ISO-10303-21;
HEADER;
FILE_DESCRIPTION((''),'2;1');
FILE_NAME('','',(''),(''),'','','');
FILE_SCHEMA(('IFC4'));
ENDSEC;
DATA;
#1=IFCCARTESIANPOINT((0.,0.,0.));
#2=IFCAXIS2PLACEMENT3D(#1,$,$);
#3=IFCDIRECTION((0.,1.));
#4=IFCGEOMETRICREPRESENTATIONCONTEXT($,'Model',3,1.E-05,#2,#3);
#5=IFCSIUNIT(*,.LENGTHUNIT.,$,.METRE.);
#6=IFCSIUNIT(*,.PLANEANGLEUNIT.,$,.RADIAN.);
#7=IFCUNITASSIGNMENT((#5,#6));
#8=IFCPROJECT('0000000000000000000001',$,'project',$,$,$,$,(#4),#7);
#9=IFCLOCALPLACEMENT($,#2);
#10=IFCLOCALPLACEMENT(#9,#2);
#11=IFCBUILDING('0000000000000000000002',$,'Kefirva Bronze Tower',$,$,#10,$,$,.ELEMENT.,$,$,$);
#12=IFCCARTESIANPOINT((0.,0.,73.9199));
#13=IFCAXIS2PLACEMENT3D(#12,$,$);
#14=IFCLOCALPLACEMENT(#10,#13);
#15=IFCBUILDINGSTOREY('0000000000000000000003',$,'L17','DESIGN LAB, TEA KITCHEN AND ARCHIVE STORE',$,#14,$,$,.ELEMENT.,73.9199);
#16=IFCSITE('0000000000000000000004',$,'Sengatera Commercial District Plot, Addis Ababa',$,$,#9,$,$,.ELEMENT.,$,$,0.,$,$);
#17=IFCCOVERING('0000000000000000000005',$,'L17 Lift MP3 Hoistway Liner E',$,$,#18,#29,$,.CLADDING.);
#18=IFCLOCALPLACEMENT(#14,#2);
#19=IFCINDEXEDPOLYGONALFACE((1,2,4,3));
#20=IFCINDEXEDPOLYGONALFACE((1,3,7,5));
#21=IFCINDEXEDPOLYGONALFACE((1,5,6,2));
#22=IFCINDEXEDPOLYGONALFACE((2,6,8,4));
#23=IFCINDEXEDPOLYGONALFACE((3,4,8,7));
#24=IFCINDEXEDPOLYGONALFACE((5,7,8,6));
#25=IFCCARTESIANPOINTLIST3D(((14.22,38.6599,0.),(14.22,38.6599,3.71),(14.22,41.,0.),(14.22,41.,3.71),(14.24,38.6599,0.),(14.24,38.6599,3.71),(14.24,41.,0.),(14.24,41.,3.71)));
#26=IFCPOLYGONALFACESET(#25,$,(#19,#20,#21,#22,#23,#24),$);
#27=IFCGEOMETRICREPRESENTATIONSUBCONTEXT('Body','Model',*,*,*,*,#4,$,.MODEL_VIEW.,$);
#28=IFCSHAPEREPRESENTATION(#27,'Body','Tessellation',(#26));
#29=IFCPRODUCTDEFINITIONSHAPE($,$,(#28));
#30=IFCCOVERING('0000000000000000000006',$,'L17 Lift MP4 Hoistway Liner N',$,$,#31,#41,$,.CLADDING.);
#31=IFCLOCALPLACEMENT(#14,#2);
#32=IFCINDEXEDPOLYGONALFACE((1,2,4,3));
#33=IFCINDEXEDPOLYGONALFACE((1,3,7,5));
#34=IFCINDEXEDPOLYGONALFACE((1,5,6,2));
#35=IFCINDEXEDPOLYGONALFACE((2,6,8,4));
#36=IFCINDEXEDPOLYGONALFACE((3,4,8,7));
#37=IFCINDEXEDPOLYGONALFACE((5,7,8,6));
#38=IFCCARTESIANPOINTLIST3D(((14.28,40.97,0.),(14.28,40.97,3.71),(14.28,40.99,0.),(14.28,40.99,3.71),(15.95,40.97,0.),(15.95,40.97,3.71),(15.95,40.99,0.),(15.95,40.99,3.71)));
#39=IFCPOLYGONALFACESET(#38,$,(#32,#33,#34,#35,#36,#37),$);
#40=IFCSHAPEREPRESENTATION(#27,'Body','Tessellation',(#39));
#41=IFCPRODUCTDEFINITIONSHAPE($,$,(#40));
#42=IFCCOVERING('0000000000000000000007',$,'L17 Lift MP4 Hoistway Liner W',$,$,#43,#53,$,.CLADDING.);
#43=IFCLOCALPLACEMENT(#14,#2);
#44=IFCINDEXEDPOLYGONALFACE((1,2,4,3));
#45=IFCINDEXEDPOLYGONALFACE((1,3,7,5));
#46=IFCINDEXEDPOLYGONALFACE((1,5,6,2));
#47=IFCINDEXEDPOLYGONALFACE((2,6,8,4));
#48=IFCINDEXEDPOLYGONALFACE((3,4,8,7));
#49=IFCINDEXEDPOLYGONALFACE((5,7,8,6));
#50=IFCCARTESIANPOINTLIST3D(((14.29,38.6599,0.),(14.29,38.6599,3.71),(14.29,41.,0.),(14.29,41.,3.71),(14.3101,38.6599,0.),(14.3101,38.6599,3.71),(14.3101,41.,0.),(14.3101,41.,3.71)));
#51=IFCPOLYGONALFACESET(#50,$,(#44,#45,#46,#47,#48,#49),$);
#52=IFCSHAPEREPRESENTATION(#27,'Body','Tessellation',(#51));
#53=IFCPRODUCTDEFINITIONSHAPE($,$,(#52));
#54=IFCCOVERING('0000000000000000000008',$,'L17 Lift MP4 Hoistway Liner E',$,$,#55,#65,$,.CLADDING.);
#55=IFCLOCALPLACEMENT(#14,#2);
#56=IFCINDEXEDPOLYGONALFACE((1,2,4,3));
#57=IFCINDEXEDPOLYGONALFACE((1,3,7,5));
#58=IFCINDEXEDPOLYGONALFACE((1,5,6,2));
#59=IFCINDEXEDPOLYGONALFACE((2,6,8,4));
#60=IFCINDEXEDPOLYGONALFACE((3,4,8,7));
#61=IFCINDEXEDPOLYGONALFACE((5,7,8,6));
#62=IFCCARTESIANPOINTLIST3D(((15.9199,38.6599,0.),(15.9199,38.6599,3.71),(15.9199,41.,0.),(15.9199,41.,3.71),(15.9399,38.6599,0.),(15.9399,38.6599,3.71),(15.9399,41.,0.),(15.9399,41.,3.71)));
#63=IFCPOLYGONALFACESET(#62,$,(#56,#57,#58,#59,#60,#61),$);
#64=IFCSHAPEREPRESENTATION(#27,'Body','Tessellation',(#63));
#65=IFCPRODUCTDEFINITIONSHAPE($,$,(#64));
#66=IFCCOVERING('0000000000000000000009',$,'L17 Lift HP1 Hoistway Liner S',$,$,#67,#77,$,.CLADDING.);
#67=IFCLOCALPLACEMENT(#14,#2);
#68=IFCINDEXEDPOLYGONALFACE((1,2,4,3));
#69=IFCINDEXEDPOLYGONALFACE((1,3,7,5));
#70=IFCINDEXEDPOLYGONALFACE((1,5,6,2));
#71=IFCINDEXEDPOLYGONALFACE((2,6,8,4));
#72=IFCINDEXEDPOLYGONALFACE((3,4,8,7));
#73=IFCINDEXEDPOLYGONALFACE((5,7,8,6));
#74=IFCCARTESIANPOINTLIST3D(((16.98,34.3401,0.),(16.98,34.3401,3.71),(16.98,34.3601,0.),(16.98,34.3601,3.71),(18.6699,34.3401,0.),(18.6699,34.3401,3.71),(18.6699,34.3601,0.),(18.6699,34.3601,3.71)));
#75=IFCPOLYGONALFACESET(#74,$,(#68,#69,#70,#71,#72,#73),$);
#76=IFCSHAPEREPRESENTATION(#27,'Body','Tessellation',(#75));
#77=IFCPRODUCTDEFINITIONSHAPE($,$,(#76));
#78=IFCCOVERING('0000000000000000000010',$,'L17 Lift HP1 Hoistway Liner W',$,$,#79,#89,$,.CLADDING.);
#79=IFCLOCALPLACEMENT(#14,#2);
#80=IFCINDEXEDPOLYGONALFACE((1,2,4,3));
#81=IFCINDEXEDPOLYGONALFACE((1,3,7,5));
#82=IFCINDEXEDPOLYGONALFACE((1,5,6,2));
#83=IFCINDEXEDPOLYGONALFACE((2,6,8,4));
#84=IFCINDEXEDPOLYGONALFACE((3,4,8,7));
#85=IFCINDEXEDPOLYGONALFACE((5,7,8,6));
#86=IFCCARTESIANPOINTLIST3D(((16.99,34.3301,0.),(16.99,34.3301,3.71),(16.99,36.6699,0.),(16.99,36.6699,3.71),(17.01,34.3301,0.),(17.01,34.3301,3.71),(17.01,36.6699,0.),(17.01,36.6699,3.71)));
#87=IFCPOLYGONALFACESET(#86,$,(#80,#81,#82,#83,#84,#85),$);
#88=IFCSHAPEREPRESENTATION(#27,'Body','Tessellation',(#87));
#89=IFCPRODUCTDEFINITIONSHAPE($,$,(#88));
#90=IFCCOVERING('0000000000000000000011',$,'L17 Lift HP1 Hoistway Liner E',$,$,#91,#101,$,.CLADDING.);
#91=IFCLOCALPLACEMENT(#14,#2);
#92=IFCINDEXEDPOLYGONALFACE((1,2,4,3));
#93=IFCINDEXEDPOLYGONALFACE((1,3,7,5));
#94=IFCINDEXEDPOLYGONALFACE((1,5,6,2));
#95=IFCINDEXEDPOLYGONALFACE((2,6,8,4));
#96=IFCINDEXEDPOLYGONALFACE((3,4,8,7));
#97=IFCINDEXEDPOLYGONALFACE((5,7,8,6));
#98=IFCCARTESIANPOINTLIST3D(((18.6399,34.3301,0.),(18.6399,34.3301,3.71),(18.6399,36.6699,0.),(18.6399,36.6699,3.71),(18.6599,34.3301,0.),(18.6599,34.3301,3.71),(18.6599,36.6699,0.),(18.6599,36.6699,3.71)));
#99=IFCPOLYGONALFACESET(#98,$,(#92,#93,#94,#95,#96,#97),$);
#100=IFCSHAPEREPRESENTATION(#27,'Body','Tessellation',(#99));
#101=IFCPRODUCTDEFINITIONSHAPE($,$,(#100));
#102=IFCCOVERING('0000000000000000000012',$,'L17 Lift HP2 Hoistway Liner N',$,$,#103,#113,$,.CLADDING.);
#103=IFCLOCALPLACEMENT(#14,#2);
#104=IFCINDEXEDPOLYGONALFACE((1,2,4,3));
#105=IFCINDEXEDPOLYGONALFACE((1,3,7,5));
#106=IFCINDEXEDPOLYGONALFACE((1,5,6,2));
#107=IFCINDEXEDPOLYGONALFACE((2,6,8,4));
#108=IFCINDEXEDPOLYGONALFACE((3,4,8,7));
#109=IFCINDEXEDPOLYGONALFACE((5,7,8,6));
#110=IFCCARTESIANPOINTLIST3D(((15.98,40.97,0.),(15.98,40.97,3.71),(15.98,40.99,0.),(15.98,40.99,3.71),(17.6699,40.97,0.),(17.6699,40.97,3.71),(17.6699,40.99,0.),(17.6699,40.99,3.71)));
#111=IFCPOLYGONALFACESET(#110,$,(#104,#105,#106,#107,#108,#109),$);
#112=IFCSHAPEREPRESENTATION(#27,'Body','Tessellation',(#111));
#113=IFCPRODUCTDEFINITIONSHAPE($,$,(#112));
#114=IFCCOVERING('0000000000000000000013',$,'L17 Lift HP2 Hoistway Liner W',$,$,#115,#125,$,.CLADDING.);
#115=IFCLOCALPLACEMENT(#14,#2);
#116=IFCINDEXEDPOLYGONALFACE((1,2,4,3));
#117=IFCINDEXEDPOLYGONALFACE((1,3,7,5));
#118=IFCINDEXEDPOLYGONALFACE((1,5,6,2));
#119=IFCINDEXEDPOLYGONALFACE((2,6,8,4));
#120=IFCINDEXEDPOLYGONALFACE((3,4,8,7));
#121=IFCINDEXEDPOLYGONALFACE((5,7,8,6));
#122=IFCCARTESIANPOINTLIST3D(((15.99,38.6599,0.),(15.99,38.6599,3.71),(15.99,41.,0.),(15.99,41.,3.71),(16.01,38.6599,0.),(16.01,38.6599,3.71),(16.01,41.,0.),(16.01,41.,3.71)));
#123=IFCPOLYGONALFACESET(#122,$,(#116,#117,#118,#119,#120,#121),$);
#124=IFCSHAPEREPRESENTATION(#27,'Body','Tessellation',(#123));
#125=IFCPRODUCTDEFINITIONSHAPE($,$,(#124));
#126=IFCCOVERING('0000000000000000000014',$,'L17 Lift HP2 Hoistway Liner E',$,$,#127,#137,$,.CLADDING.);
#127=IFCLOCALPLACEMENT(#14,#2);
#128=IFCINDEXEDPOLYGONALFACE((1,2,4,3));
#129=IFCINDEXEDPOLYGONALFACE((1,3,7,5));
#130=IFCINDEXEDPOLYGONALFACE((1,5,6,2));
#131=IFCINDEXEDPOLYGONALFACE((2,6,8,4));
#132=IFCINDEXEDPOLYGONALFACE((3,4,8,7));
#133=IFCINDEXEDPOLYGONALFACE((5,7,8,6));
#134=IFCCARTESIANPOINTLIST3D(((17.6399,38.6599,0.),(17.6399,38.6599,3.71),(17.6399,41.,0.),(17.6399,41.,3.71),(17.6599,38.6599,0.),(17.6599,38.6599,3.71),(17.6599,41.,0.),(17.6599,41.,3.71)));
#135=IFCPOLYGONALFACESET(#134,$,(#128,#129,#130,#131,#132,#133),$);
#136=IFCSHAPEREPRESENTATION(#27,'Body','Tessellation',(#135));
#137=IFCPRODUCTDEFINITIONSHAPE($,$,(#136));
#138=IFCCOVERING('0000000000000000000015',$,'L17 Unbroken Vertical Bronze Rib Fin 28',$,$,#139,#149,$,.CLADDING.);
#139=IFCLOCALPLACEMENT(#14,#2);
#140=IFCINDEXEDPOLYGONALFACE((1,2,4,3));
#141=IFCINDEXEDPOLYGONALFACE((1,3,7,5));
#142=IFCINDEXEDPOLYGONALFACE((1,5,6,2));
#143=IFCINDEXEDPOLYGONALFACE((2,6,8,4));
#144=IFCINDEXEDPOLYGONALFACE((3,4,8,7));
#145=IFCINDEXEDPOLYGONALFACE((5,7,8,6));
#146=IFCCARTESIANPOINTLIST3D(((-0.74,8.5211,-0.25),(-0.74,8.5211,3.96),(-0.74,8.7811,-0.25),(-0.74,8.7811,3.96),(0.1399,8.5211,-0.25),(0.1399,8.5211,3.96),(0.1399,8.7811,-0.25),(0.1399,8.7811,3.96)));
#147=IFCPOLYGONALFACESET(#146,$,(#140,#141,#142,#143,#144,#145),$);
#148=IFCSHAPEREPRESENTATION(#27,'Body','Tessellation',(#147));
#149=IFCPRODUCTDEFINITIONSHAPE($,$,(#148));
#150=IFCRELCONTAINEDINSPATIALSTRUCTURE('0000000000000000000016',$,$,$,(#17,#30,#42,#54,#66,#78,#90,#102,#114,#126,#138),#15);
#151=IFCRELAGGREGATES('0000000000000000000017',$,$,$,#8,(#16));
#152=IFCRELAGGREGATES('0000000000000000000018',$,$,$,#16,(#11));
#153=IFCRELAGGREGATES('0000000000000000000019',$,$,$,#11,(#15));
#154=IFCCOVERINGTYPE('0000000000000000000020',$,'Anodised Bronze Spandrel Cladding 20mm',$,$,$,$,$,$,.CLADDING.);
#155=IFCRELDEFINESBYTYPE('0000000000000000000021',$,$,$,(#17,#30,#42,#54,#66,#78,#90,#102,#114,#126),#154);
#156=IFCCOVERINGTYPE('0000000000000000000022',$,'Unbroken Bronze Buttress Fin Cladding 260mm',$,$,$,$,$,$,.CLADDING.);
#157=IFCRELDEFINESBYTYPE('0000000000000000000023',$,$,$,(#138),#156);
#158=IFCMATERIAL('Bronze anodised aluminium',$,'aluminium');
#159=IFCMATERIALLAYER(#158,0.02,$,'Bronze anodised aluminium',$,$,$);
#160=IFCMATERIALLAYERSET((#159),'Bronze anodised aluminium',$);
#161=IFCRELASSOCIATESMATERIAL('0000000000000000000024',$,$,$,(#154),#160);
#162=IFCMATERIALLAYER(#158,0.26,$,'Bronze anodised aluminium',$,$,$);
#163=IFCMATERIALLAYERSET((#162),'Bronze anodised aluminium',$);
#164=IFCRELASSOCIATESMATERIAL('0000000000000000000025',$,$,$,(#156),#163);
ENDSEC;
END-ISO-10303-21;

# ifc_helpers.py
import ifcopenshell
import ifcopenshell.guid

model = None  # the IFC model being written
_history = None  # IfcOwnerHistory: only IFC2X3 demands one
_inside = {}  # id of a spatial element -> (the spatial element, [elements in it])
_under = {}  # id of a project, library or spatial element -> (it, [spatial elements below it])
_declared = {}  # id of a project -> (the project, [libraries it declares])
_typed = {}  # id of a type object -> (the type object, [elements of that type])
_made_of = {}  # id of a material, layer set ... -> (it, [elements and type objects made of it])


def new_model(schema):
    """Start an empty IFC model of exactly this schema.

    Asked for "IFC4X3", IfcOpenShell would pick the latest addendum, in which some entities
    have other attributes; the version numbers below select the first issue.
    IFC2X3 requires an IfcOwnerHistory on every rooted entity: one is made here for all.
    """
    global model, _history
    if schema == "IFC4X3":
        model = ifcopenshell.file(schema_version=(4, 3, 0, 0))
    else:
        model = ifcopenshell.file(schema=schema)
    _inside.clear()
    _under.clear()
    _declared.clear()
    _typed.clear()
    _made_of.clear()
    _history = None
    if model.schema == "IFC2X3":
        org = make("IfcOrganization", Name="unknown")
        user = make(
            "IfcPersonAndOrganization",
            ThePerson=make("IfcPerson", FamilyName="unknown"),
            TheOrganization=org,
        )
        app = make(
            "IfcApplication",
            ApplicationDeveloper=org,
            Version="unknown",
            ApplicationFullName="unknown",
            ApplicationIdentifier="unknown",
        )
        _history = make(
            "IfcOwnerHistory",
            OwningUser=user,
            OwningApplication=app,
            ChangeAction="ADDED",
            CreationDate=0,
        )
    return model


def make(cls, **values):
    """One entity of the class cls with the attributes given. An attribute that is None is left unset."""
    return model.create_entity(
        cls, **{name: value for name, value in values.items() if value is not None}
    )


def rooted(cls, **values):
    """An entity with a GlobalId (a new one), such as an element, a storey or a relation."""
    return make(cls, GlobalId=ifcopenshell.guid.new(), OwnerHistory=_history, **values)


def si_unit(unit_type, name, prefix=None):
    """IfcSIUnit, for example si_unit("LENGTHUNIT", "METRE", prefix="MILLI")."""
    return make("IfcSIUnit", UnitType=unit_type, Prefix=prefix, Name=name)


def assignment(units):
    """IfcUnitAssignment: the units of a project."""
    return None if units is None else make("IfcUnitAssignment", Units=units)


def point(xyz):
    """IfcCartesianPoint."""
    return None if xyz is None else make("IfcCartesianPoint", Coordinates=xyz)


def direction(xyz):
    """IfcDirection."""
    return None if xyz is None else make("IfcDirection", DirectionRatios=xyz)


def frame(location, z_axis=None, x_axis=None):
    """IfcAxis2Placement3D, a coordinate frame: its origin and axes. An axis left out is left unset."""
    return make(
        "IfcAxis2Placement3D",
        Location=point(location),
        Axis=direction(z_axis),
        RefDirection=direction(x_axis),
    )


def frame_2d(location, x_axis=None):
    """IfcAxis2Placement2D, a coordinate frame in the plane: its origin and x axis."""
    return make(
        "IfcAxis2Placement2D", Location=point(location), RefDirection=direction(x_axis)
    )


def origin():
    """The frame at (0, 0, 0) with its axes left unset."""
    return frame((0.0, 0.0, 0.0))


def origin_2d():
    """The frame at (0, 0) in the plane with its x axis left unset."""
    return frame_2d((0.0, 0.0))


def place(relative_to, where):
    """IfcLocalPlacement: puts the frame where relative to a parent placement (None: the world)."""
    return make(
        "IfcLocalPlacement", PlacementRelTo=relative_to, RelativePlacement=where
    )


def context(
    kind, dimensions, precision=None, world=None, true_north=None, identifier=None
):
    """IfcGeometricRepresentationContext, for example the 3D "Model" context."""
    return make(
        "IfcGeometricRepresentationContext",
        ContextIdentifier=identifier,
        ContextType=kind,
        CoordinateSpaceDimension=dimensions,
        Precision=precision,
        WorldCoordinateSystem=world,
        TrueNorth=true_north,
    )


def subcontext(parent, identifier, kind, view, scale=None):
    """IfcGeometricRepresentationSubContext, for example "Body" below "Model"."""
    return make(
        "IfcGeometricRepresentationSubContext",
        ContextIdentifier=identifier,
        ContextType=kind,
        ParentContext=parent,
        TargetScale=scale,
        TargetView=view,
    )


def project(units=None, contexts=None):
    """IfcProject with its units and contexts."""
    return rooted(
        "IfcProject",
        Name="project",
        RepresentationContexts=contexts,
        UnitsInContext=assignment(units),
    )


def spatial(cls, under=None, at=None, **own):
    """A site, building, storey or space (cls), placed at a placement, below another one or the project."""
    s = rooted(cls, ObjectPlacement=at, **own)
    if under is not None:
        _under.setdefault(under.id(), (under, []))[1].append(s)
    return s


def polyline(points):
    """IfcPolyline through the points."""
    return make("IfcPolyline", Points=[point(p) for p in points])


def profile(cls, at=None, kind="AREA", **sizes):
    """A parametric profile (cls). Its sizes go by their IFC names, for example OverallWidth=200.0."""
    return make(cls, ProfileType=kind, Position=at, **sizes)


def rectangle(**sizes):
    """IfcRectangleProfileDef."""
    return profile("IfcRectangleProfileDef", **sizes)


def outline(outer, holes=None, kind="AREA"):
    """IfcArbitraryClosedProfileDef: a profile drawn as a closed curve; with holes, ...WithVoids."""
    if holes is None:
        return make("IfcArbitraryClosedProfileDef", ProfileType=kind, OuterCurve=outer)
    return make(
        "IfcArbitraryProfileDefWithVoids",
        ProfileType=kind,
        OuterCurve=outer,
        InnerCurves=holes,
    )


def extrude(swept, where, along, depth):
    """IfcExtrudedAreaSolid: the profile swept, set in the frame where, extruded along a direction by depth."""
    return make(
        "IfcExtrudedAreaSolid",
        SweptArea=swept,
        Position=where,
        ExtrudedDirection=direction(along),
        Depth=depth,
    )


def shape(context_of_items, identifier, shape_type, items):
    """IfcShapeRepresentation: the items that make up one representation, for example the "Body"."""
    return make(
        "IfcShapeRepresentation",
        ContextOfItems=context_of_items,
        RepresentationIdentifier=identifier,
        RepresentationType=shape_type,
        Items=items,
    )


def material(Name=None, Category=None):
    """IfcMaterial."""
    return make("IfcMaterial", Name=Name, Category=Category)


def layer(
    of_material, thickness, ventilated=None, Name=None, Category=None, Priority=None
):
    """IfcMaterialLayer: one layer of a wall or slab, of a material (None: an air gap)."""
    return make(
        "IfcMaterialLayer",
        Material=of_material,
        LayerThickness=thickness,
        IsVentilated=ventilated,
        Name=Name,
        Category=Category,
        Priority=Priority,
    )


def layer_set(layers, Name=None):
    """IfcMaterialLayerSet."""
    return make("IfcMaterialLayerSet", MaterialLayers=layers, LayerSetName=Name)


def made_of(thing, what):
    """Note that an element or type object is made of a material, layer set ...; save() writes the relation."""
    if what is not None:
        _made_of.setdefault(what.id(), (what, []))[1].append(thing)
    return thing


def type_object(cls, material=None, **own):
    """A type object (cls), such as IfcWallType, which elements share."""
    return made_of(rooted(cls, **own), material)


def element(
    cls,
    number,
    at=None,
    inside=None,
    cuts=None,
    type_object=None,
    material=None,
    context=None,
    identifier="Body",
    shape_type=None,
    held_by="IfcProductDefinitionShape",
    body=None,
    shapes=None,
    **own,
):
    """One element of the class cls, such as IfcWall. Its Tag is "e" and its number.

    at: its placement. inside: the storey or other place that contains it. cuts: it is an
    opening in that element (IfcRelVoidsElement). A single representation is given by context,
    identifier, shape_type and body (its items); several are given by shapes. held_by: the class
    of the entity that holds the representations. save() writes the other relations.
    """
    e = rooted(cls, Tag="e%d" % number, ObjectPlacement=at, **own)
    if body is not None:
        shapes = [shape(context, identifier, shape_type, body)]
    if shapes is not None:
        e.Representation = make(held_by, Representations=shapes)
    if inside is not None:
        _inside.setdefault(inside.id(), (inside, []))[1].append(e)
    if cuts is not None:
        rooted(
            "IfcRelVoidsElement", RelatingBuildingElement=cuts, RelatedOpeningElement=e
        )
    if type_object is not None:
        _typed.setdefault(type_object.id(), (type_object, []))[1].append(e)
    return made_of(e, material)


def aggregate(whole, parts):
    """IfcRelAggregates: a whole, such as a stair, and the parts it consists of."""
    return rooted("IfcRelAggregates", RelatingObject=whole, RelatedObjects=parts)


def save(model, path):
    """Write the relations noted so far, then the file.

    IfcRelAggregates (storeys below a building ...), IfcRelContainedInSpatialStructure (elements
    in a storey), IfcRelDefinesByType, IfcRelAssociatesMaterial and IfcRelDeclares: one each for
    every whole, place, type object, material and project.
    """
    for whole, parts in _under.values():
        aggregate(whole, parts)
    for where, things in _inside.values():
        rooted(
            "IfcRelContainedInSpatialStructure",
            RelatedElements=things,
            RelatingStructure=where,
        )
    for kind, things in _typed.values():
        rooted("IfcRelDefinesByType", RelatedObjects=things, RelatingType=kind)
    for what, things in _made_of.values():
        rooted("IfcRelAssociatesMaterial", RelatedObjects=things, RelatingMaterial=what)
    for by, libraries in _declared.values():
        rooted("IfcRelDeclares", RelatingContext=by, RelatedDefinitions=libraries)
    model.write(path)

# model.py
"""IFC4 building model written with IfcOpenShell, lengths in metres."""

from ifc_helpers import new_model, si_unit, direction, frame, origin, origin_2d, place, context, subcontext, project, spatial, polyline, rectangle, outline, extrude, material, layer, layer_set, type_object, element, save


model = new_model("IFC4")

# Units and contexts
model_context = context("Model", 3, precision=1e-05, world=origin(), true_north=direction((0.0, 1.0)))
body_context = subcontext(model_context, "Body", "Model", "MODEL_VIEW")
ifc_project = project(units=[si_unit("LENGTHUNIT", "METRE"), si_unit("PLANEANGLEUNIT", "RADIAN")], contexts=[model_context])

# Site, building, storey
site_placement = place(None, origin())
site = spatial("IfcSite", under=ifc_project, at=site_placement, Name="Sengatera Commercial District Plot, Addis Ababa", CompositionType="ELEMENT", RefElevation=0.0)
building_placement = place(site_placement, origin())
building = spatial("IfcBuilding", under=site, at=building_placement, Name="Kefirva Bronze Tower", CompositionType="ELEMENT")
storey_placement = place(building_placement, frame((0.0, 0.0, 73.9199)))
storey = spatial("IfcBuildingStorey", under=building, at=storey_placement, Name="L17", Description="DESIGN LAB, TEA KITCHEN AND ARCHIVE STORE", CompositionType="ELEMENT", Elevation=73.9199)

# Coverings
ifc_material = material(Name="Bronze anodised aluminium", Category="aluminium")
ifc_layer_1 = layer(ifc_material, 0.02, Name="Bronze anodised aluminium")
ifc_layer_set_1 = layer_set([ifc_layer_1], Name="Bronze anodised aluminium")
covering_type_1 = type_object("IfcCoveringType", Name="Anodised Bronze Spandrel Cladding 20mm", PredefinedType="CLADDING", material=ifc_layer_set_1)
covering_1_placement = place(storey_placement, origin())
element("IfcCovering", 1, at=covering_1_placement, inside=storey, type_object=covering_type_1, Name="L17 Lift MP3 Hoistway Liner E", PredefinedType="CLADDING", context=body_context, shape_type="SweptSolid", body=[
    extrude(outline(polyline([(14.22, 38.6599), (14.24, 38.6599), (14.24, 41.0), (14.22, 41.0), (14.22, 38.6599)])), origin(), (0.0, 0.0, 1.0), 3.71),
])
covering_2_placement = place(storey_placement, origin())
element("IfcCovering", 2, at=covering_2_placement, inside=storey, type_object=covering_type_1, Name="L17 Lift MP4 Hoistway Liner N", PredefinedType="CLADDING", context=body_context, shape_type="SweptSolid", body=[
    extrude(outline(polyline([(14.28, 40.97), (15.95, 40.97), (15.95, 40.99), (14.28, 40.99), (14.28, 40.97)])), origin(), (0.0, 0.0, 1.0), 3.71),
])
covering_3_placement = place(storey_placement, origin())
element("IfcCovering", 3, at=covering_3_placement, inside=storey, type_object=covering_type_1, Name="L17 Lift MP4 Hoistway Liner W", PredefinedType="CLADDING", context=body_context, shape_type="SweptSolid", body=[
    extrude(outline(polyline([(14.29, 38.6599), (14.3101, 38.6599), (14.3101, 41.0), (14.29, 41.0), (14.29, 38.6599)])), origin(), (0.0, 0.0, 1.0), 3.71),
])
covering_4_placement = place(storey_placement, origin())
element("IfcCovering", 4, at=covering_4_placement, inside=storey, type_object=covering_type_1, Name="L17 Lift MP4 Hoistway Liner E", PredefinedType="CLADDING", context=body_context, shape_type="SweptSolid", body=[
    extrude(outline(polyline([(15.9199, 38.6599), (15.9399, 38.6599), (15.9399, 41.0), (15.9199, 41.0), (15.9199, 38.6599)])), origin(), (0.0, 0.0, 1.0), 3.71),
])
covering_5_placement = place(storey_placement, origin())
element("IfcCovering", 5, at=covering_5_placement, inside=storey, type_object=covering_type_1, Name="L17 Lift HP1 Hoistway Liner S", PredefinedType="CLADDING", context=body_context, shape_type="SweptSolid", body=[
    extrude(outline(polyline([(16.98, 34.3401), (18.6699, 34.3401), (18.6699, 34.3601), (16.98, 34.3601), (16.98, 34.3401)])), origin(), (0.0, 0.0, 1.0), 3.71),
])
covering_6_placement = place(storey_placement, origin())
element("IfcCovering", 6, at=covering_6_placement, inside=storey, type_object=covering_type_1, Name="L17 Lift HP1 Hoistway Liner W", PredefinedType="CLADDING", context=body_context, shape_type="SweptSolid", body=[
    extrude(outline(polyline([(16.99, 34.3301), (17.01, 34.3301), (17.01, 36.6699), (16.99, 36.6699), (16.99, 34.3301)])), origin(), (0.0, 0.0, 1.0), 3.71),
])
covering_7_placement = place(storey_placement, origin())
element("IfcCovering", 7, at=covering_7_placement, inside=storey, type_object=covering_type_1, Name="L17 Lift HP1 Hoistway Liner E", PredefinedType="CLADDING", context=body_context, shape_type="SweptSolid", body=[
    extrude(outline(polyline([(18.6399, 34.3301), (18.6599, 34.3301), (18.6599, 36.6699), (18.6399, 36.6699), (18.6399, 34.3301)])), origin(), (0.0, 0.0, 1.0), 3.71),
])
covering_8_placement = place(storey_placement, origin())
element("IfcCovering", 8, at=covering_8_placement, inside=storey, type_object=covering_type_1, Name="L17 Lift HP2 Hoistway Liner N", PredefinedType="CLADDING", context=body_context, shape_type="SweptSolid", body=[
    extrude(outline(polyline([(15.98, 40.97), (17.6699, 40.97), (17.6699, 40.99), (15.98, 40.99), (15.98, 40.97)])), origin(), (0.0, 0.0, 1.0), 3.71),
])
covering_9_placement = place(storey_placement, origin())
element("IfcCovering", 9, at=covering_9_placement, inside=storey, type_object=covering_type_1, Name="L17 Lift HP2 Hoistway Liner W", PredefinedType="CLADDING", context=body_context, shape_type="SweptSolid", body=[
    extrude(outline(polyline([(15.99, 38.6599), (16.01, 38.6599), (16.01, 41.0), (15.99, 41.0), (15.99, 38.6599)])), origin(), (0.0, 0.0, 1.0), 3.71),
])
covering_10_placement = place(storey_placement, origin())
element("IfcCovering", 10, at=covering_10_placement, inside=storey, type_object=covering_type_1, Name="L17 Lift HP2 Hoistway Liner E", PredefinedType="CLADDING", context=body_context, shape_type="SweptSolid", body=[
    extrude(outline(polyline([(17.6399, 38.6599), (17.6599, 38.6599), (17.6599, 41.0), (17.6399, 41.0), (17.6399, 38.6599)])), origin(), (0.0, 0.0, 1.0), 3.71),
])
ifc_layer_2 = layer(ifc_material, 0.26, Name="Bronze anodised aluminium")
ifc_layer_set_2 = layer_set([ifc_layer_2], Name="Bronze anodised aluminium")
covering_type_2 = type_object("IfcCoveringType", Name="Unbroken Bronze Buttress Fin Cladding 260mm", PredefinedType="CLADDING", material=ifc_layer_set_2)
covering_11_placement = place(storey_placement, frame((-0.3, 8.6511, -0.25), z_axis=(0.0, 0.0, 1.0), x_axis=(0.0, -1.0, 0.0)))
element("IfcCovering", 11, at=covering_11_placement, inside=storey, type_object=covering_type_2, Name="L17 Unbroken Vertical Bronze Rib Fin 28", PredefinedType="CLADDING", context=body_context, shape_type="SweptSolid", body=[
    extrude(rectangle(XDim=0.26, YDim=0.8799, at=origin_2d()), origin(), (0.0, 0.0, 1.0), 4.21),
])

save(model, "model.ifc")
